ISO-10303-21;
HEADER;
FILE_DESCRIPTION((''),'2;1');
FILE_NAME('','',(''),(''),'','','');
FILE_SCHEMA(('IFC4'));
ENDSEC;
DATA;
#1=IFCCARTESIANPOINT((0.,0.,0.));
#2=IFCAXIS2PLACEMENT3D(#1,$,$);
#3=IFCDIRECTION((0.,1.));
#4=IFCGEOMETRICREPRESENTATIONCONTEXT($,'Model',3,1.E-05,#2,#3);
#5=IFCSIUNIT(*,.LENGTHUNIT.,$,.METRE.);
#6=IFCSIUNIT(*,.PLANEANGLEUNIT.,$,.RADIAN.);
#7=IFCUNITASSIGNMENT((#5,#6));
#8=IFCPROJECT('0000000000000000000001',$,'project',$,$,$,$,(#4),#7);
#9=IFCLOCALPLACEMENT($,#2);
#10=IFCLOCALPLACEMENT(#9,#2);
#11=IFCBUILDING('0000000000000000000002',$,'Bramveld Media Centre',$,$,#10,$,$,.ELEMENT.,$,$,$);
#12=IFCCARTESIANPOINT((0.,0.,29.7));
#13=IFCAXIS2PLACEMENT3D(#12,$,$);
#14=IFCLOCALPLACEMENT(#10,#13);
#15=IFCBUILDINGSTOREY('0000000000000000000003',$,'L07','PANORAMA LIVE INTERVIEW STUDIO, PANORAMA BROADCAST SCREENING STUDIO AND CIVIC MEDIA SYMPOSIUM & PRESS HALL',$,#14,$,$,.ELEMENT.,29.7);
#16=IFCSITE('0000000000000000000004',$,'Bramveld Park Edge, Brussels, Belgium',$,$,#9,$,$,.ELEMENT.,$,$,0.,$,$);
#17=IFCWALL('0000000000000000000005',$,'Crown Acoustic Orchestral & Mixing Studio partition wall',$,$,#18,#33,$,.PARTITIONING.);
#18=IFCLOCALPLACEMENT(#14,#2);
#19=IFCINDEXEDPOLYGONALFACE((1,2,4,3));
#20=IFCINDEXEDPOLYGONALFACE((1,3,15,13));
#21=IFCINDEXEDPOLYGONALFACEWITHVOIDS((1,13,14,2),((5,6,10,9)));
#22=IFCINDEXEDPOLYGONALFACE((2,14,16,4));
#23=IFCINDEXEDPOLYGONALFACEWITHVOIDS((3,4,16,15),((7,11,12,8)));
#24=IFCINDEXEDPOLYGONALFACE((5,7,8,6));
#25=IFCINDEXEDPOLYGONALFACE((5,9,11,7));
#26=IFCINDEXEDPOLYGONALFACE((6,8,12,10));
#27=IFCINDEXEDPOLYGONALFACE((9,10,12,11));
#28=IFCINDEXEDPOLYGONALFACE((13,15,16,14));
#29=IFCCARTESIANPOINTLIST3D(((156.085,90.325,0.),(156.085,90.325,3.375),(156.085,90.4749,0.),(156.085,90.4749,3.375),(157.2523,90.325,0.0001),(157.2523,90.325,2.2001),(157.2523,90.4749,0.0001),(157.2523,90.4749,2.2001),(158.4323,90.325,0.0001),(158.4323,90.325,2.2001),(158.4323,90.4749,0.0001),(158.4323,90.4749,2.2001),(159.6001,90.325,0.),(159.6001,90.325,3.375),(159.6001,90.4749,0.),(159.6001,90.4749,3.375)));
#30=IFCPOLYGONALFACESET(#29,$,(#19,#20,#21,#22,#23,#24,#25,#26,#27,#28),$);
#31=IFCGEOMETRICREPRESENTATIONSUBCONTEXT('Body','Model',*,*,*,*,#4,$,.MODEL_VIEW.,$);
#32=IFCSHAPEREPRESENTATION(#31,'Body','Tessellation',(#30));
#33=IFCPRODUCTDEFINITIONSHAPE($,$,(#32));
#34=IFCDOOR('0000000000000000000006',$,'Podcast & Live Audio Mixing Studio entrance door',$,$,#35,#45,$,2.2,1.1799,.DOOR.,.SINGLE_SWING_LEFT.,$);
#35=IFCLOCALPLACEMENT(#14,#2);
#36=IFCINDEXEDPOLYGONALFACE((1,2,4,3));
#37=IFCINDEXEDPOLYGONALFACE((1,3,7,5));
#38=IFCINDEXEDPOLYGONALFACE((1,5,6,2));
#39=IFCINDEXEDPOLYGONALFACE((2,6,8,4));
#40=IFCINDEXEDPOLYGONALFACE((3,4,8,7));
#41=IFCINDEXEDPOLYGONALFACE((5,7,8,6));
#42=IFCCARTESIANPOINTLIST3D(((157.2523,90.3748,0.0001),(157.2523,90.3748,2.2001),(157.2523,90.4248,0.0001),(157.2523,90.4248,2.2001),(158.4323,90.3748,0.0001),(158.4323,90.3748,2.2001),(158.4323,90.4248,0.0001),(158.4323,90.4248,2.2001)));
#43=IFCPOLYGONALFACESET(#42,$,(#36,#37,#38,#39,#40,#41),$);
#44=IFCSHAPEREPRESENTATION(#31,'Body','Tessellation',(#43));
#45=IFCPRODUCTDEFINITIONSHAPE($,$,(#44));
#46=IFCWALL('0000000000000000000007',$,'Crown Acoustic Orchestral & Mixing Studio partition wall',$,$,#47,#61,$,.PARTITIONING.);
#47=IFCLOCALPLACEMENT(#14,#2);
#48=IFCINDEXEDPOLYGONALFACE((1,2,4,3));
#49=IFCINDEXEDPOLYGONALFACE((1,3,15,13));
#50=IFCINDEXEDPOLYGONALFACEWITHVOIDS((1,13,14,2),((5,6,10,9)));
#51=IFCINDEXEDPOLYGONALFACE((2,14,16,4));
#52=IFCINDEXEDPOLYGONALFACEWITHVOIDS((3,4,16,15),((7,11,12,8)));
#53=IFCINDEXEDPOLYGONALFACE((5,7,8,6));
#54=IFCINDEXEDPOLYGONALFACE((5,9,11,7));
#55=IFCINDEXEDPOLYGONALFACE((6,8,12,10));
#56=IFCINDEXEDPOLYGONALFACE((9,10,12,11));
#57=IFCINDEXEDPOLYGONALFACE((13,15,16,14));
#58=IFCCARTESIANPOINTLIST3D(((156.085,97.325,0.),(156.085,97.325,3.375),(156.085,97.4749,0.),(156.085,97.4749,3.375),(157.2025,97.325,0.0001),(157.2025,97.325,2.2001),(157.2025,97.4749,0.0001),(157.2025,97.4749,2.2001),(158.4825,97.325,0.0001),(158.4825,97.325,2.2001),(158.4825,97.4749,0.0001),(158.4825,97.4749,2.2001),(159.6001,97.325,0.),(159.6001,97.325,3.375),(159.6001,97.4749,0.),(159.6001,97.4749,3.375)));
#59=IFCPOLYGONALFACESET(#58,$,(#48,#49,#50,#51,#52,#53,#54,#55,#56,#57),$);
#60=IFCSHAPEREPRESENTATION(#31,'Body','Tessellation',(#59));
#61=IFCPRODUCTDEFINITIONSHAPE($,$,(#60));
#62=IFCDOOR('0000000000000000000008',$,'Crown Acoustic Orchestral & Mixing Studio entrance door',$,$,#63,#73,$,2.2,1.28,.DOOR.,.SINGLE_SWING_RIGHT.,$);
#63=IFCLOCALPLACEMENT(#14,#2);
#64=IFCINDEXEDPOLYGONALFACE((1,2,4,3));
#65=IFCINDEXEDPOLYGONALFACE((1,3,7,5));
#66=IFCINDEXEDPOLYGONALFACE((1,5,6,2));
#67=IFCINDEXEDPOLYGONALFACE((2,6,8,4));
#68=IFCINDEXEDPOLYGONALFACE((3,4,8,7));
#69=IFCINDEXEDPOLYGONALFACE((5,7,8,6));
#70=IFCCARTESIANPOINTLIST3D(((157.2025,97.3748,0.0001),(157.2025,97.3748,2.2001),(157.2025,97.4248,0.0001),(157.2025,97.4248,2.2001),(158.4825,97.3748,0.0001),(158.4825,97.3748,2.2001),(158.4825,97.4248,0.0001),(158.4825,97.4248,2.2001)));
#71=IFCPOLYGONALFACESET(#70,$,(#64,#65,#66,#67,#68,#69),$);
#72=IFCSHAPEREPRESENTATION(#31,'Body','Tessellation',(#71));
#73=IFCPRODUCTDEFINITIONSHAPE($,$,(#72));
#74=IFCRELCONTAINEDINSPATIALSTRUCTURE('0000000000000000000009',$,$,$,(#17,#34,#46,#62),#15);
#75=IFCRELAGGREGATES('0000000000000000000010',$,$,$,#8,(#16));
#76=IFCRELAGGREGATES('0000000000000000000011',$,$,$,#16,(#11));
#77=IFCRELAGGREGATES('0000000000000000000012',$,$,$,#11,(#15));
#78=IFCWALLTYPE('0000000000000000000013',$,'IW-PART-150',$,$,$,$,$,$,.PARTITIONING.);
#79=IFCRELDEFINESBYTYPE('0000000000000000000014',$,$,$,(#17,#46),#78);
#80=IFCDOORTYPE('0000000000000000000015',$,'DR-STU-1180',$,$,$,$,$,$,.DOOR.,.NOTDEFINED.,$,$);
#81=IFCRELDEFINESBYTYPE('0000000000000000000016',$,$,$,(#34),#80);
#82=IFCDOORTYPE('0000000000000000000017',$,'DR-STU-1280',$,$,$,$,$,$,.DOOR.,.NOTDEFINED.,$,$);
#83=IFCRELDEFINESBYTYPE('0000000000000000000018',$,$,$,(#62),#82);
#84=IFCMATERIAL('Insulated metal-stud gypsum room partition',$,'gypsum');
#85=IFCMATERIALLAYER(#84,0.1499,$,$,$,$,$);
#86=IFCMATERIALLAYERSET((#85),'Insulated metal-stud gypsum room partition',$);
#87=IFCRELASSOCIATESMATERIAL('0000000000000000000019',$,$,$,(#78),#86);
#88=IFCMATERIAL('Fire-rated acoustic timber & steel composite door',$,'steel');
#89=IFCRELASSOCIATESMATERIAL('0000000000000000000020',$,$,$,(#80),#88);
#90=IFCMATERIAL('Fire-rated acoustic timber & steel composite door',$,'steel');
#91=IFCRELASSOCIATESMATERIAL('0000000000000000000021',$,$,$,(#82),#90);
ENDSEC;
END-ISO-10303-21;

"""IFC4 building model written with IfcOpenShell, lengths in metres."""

from ifc_helpers import new_model, si_unit, direction, frame, frame_2d, origin, place, context, subcontext, project, spatial, rectangle, extrude, material, layer, layer_set, type_object, element, fill, save


model = new_model("IFC4")

# Units and contexts
model_context = context("Model", 3, precision=1e-05, world=origin(), true_north=direction((0.0, 1.0)))
body_context = subcontext(model_context, "Body", "Model", "MODEL_VIEW")
ifc_project = project(units=[si_unit("LENGTHUNIT", "METRE"), si_unit("PLANEANGLEUNIT", "RADIAN")], contexts=[model_context])

# Site, building, storey
site_placement = place(None, origin())
site = spatial("IfcSite", under=ifc_project, at=site_placement, Name="Bramveld Park Edge, Brussels, Belgium", CompositionType="ELEMENT", RefElevation=0.0)
building_placement = place(site_placement, origin())
building = spatial("IfcBuilding", under=site, at=building_placement, Name="Bramveld Media Centre", CompositionType="ELEMENT")
storey_placement = place(building_placement, frame((0.0, 0.0, 29.7)))
storey = spatial("IfcBuildingStorey", under=building, at=storey_placement, Name="L07", Description="PANORAMA LIVE INTERVIEW STUDIO, PANORAMA BROADCAST SCREENING STUDIO AND CIVIC MEDIA SYMPOSIUM & PRESS HALL", CompositionType="ELEMENT", Elevation=29.7)

# Walls, openings, doors
ifc_material_1 = material(Name="Insulated metal-stud gypsum room partition", Category="gypsum")
ifc_layer_1 = layer(ifc_material_1, 0.1499)
ifc_layer_set_1 = layer_set([ifc_layer_1], Name="Insulated metal-stud gypsum room partition")
wall_type_1 = type_object("IfcWallType", Name="IW-PART-150", PredefinedType="PARTITIONING", material=ifc_layer_set_1)
wall_1_placement = place(storey_placement, frame((156.085, 90.3999, 0.0), z_axis=(0.0, 0.0, 1.0), x_axis=(1.0, 0.0, 0.0)))
wall_1 = element("IfcWall", 1, at=wall_1_placement, inside=storey, type_object=wall_type_1, Name="Crown Acoustic Orchestral & Mixing Studio partition wall", PredefinedType="PARTITIONING", context=body_context, shape_type="SweptSolid", body=[
    extrude(rectangle(XDim=3.5151, YDim=0.1499, at=frame_2d((1.7576, 0.0))), origin(), (0.0, 0.0, 1.0), 3.375),
])
opening_1_placement = place(wall_1_placement, frame((1.1675, 0.0, 0.0)))
opening_1 = element("IfcOpeningElement", 2, at=opening_1_placement, cuts=wall_1, PredefinedType="OPENING", context=body_context, shape_type="SweptSolid", body=[
    extrude(rectangle(XDim=1.1799, YDim=2.2, at=frame_2d((0.5898, 1.1001))), frame((0.0, 0.0869, 0.0), z_axis=(0.0, -1.0, 0.0), x_axis=(1.0, 0.0, 0.0)), (0.0, 0.0, 1.0), 0.1738),
])
ifc_material_2 = material(Name="Fire-rated acoustic timber & steel composite door", Category="steel")
door_type_1 = type_object("IfcDoorType", Name="DR-STU-1180", OperationType="NOTDEFINED", PredefinedType="DOOR", material=ifc_material_2)
door_1_placement = place(opening_1_placement, origin())
door_1 = element("IfcDoor", 3, at=door_1_placement, inside=storey, type_object=door_type_1, Name="Podcast & Live Audio Mixing Studio entrance door", OperationType="SINGLE_SWING_LEFT", OverallHeight=2.2, OverallWidth=1.1799, PredefinedType="DOOR", context=body_context, shape_type="SweptSolid", body=[
    extrude(rectangle(XDim=1.1799, YDim=2.2, at=frame_2d((0.5898, 1.1001))), frame((0.0, 0.0249, 0.0), z_axis=(0.0, -1.0, 0.0), x_axis=(1.0, 0.0, 0.0)), (0.0, 0.0, 1.0), 0.05),
])
fill(opening_1, door_1)
wall_2_placement = place(storey_placement, frame((156.085, 97.3999, 0.0), z_axis=(0.0, 0.0, 1.0), x_axis=(1.0, 0.0, 0.0)))
wall_2 = element("IfcWall", 4, at=wall_2_placement, inside=storey, type_object=wall_type_1, Name="Crown Acoustic Orchestral & Mixing Studio partition wall", PredefinedType="PARTITIONING", context=body_context, shape_type="SweptSolid", body=[
    extrude(rectangle(XDim=3.5151, YDim=0.1499, at=frame_2d((1.7576, 0.0))), origin(), (0.0, 0.0, 1.0), 3.375),
])
opening_2_placement = place(wall_2_placement, frame((1.1174, 0.0, 0.0)))
opening_2 = element("IfcOpeningElement", 5, at=opening_2_placement, cuts=wall_2, PredefinedType="OPENING", context=body_context, shape_type="SweptSolid", body=[
    extrude(rectangle(XDim=1.28, YDim=2.2, at=frame_2d((0.6401, 1.1001))), frame((0.0, 0.0869, 0.0), z_axis=(0.0, -1.0, 0.0), x_axis=(1.0, 0.0, 0.0)), (0.0, 0.0, 1.0), 0.1738),
])
ifc_material_3 = material(Name="Fire-rated acoustic timber & steel composite door", Category="steel")
door_type_2 = type_object("IfcDoorType", Name="DR-STU-1280", OperationType="NOTDEFINED", PredefinedType="DOOR", material=ifc_material_3)
door_2_placement = place(opening_2_placement, origin())
door_2 = element("IfcDoor", 6, at=door_2_placement, inside=storey, type_object=door_type_2, Name="Crown Acoustic Orchestral & Mixing Studio entrance door", OperationType="SINGLE_SWING_RIGHT", OverallHeight=2.2, OverallWidth=1.28, PredefinedType="DOOR", context=body_context, shape_type="SweptSolid", body=[
    extrude(rectangle(XDim=1.28, YDim=2.2, at=frame_2d((0.6401, 1.1001))), frame((0.0, 0.0249, 0.0), z_axis=(0.0, -1.0, 0.0), x_axis=(1.0, 0.0, 0.0)), (0.0, 0.0, 1.0), 0.05),
])
fill(opening_2, door_2)

save(model, "model.ifc")
